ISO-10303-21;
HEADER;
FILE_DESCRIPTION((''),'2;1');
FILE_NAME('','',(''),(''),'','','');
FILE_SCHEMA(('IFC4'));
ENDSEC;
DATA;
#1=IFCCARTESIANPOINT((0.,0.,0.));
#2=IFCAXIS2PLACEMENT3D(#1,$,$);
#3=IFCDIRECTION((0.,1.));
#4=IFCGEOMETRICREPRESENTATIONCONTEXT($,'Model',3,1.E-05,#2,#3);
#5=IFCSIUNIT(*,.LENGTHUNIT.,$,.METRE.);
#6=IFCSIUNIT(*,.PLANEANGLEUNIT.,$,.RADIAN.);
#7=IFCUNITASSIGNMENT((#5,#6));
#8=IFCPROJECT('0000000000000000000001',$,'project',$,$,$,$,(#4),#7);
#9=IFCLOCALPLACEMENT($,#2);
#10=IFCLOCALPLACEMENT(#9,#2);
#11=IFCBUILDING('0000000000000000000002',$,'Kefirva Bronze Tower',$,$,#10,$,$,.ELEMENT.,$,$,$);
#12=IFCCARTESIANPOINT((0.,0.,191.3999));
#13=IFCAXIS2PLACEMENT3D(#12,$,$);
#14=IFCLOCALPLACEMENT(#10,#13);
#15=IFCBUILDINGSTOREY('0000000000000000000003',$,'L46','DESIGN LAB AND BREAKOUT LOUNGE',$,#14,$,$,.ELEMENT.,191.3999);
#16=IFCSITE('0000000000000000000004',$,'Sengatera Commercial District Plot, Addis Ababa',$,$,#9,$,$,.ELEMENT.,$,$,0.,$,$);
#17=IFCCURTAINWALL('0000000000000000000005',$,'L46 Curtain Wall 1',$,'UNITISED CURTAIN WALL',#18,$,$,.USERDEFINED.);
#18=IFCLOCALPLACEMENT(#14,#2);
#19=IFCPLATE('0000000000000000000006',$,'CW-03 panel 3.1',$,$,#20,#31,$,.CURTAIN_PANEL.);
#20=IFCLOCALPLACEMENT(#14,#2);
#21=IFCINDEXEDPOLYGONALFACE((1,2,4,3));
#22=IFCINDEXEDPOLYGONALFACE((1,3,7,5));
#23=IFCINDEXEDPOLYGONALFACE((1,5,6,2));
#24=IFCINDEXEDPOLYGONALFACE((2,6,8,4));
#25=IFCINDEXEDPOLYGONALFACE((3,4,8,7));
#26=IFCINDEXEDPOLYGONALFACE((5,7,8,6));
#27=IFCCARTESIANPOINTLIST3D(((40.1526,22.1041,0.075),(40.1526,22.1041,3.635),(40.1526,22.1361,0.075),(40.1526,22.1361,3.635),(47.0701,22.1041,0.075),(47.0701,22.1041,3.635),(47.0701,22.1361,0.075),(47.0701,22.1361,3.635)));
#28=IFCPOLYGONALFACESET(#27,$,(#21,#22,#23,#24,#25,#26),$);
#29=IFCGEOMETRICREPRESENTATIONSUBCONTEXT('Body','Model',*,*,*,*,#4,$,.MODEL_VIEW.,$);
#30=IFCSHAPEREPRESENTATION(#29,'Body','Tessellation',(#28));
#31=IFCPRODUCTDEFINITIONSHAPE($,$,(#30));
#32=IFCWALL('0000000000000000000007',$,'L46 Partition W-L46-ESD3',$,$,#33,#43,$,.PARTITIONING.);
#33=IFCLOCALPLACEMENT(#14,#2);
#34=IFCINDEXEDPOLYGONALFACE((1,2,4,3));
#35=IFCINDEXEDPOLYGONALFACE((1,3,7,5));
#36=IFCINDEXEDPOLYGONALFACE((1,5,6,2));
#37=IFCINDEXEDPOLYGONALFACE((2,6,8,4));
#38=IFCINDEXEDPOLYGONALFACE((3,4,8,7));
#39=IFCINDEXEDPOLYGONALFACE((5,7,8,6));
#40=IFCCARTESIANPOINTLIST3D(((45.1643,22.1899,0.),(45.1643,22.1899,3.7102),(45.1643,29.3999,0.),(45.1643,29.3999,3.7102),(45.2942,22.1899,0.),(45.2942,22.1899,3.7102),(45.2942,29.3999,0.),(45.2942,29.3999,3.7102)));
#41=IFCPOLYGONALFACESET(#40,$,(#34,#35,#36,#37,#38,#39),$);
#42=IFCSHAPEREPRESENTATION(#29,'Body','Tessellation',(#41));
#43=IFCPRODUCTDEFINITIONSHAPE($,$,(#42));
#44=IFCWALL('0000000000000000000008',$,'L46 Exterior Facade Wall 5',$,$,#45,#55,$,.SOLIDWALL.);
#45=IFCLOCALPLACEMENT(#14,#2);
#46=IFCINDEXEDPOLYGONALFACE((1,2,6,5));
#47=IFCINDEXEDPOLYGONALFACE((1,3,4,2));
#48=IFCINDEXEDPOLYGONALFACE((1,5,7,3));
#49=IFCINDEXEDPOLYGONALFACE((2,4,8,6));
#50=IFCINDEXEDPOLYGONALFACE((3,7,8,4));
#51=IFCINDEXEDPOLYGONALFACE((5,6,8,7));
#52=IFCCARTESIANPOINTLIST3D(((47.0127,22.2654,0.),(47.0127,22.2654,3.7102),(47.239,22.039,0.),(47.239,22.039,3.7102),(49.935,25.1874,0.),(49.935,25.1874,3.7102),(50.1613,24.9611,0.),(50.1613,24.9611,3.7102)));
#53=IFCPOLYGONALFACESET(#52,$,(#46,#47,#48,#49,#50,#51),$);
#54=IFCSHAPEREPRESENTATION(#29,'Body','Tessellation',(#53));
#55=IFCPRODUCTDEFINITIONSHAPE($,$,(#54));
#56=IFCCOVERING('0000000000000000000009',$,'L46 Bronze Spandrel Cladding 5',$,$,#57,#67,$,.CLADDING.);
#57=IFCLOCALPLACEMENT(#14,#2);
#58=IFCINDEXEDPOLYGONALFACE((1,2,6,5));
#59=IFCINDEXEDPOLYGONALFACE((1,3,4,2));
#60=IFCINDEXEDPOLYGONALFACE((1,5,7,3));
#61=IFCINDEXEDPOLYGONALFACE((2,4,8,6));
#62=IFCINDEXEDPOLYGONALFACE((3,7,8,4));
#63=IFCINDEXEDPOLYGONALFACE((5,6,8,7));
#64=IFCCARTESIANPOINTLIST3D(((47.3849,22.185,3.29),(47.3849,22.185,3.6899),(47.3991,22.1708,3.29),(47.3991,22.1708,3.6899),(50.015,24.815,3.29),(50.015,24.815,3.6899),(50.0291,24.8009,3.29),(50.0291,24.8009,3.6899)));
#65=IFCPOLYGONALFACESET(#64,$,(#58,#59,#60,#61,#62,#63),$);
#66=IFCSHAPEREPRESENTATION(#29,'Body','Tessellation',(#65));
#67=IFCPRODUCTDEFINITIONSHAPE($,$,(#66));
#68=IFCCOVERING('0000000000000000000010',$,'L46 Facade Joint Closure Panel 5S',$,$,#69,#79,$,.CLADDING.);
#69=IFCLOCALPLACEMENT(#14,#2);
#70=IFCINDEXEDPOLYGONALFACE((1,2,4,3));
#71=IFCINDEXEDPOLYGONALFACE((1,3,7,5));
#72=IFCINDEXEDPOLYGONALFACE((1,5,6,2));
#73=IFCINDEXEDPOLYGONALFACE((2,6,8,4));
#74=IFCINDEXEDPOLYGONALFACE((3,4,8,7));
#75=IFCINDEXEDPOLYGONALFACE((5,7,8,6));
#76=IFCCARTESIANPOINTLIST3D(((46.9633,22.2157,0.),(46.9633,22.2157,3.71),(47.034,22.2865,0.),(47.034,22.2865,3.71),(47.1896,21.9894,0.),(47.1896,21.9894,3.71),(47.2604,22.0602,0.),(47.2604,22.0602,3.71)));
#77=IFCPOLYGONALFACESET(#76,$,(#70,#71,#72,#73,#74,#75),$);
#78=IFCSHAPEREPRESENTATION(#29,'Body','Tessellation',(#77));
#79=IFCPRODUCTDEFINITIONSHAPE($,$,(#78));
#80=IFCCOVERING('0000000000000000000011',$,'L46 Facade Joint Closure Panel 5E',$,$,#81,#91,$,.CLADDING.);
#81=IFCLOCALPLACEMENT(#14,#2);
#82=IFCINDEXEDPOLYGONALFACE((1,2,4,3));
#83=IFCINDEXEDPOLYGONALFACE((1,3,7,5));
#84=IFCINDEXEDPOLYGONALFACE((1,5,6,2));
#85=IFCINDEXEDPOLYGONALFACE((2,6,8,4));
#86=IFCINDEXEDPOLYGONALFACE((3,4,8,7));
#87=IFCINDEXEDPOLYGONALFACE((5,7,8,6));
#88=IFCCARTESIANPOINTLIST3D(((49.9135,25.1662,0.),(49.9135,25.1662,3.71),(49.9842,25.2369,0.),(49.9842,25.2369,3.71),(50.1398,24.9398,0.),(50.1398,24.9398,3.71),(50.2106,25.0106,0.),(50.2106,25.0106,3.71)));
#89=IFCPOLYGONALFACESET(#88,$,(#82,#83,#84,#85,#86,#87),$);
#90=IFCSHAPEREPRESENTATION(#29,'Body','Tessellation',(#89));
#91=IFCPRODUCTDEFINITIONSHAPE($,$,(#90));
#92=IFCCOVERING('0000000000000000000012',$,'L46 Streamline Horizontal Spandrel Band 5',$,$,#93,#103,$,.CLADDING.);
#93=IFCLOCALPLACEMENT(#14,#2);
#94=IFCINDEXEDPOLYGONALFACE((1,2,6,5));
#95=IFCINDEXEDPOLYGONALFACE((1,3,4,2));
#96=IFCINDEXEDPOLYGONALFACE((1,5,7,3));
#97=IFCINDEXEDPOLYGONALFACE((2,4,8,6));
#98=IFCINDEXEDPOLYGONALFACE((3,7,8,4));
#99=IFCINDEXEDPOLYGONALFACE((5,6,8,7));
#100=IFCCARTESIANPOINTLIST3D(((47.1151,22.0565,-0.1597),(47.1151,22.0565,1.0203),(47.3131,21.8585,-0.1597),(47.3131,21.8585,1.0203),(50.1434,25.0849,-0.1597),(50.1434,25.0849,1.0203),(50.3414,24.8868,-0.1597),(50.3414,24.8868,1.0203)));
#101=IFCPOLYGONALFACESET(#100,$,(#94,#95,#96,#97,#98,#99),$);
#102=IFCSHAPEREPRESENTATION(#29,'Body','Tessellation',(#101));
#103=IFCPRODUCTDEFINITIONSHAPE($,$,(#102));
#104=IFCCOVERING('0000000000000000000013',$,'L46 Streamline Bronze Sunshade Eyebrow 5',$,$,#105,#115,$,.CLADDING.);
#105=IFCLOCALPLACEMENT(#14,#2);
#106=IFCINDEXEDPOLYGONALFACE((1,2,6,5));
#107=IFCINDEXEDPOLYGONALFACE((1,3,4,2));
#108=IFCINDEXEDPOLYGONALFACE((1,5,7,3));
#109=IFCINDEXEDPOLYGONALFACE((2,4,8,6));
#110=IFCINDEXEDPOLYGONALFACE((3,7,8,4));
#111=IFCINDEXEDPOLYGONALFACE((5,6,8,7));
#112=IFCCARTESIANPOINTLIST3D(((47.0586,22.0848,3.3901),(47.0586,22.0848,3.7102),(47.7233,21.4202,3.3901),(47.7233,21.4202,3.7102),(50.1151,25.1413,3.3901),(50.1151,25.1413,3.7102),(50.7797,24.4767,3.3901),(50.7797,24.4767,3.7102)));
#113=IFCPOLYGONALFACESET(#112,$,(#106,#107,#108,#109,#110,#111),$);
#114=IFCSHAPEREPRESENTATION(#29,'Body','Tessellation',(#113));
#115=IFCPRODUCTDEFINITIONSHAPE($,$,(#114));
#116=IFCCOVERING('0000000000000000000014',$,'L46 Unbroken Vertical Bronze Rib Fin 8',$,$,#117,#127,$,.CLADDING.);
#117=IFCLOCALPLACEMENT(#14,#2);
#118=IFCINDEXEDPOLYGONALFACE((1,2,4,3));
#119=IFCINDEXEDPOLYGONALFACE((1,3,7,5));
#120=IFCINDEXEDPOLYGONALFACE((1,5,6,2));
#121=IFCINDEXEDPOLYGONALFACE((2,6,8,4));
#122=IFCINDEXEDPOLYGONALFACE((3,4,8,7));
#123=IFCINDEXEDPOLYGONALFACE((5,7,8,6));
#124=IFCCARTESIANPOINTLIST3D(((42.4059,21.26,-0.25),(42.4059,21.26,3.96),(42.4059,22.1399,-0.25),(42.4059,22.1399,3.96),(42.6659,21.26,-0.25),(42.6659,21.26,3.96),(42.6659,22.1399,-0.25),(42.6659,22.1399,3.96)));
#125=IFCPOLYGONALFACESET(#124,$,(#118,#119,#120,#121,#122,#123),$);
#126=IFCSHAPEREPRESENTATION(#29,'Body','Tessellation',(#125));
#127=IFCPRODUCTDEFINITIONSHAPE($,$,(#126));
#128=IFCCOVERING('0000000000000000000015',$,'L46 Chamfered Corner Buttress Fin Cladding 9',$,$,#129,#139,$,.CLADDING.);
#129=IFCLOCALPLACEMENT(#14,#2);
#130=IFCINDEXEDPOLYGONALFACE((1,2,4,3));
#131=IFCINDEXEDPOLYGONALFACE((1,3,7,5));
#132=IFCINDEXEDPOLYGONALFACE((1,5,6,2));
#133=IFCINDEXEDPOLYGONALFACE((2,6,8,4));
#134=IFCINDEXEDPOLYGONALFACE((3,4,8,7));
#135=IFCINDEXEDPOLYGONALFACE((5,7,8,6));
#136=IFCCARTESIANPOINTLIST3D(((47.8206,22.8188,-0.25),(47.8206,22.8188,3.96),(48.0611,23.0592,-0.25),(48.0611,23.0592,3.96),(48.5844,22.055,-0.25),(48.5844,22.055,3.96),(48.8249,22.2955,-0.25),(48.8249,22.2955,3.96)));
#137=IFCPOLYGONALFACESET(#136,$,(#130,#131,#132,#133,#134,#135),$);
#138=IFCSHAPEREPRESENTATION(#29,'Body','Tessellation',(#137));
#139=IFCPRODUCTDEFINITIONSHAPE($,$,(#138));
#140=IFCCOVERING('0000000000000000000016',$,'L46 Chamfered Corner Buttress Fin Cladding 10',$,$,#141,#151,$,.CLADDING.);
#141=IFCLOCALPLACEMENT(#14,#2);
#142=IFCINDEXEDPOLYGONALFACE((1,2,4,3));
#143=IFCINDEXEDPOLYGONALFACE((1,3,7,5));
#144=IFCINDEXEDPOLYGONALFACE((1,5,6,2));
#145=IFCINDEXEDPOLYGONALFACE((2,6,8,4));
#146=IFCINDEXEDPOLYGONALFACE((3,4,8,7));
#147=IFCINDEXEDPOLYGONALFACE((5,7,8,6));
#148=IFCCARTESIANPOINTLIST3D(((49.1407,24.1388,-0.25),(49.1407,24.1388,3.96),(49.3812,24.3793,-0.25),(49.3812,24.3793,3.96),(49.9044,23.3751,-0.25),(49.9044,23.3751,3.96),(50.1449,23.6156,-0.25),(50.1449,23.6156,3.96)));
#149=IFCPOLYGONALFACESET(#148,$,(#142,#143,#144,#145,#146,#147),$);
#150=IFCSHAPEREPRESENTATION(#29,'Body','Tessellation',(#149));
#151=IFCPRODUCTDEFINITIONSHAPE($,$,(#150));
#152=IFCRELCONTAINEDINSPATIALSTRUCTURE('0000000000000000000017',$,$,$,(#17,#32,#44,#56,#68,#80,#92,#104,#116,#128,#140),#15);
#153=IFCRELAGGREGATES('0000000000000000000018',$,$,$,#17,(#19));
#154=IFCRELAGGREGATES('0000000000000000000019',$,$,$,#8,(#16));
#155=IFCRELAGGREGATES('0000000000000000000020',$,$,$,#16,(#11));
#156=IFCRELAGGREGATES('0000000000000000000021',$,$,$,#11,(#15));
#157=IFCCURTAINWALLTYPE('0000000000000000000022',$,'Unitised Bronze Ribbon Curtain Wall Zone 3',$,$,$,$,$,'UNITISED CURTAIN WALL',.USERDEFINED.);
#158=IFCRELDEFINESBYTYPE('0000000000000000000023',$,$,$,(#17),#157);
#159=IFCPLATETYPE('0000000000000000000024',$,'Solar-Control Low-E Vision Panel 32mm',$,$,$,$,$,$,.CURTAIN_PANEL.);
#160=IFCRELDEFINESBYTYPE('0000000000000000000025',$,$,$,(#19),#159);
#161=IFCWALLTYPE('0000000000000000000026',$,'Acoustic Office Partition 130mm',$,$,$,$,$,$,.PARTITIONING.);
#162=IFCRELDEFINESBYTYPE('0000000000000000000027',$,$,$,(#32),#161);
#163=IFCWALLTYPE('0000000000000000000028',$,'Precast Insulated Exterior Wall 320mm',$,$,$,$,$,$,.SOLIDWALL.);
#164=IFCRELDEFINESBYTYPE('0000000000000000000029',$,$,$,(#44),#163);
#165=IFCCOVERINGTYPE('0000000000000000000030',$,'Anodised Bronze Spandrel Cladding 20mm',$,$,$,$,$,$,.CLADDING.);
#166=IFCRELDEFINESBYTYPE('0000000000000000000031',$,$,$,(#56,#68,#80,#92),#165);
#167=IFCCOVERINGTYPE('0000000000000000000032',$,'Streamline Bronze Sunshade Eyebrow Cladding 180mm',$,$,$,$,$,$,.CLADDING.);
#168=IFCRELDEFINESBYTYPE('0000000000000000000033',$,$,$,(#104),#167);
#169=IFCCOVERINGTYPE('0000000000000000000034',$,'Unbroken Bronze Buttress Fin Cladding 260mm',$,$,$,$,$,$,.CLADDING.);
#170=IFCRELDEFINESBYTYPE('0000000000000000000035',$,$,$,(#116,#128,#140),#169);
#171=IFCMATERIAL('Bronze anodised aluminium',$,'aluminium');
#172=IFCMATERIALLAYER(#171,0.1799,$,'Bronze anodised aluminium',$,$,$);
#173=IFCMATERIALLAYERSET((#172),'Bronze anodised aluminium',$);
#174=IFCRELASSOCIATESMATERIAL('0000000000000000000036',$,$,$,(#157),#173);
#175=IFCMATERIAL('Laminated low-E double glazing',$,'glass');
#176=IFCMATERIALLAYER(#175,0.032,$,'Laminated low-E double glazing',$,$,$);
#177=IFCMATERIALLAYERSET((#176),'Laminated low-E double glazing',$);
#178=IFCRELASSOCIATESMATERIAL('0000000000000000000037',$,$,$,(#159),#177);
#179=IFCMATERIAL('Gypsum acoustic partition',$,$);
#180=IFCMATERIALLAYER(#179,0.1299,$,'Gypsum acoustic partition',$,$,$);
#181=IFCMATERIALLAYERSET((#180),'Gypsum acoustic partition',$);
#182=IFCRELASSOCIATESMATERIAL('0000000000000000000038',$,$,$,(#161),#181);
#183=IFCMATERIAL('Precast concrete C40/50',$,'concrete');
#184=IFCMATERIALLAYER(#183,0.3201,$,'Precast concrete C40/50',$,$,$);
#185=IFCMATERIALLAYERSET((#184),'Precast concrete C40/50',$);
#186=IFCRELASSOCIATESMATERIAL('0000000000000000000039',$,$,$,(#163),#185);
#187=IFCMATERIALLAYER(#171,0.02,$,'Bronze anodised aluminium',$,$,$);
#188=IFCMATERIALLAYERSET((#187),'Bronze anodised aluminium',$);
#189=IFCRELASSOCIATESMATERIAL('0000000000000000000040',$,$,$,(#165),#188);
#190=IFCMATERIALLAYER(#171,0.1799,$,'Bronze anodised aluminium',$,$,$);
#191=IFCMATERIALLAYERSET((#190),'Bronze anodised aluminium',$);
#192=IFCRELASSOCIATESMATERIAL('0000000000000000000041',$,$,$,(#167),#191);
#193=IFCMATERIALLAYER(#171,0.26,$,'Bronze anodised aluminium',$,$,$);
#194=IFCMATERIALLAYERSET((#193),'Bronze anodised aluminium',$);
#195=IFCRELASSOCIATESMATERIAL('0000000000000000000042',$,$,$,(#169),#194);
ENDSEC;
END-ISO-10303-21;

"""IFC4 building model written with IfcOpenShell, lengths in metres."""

from ifc_helpers import new_model, si_unit, direction, frame, frame_2d, origin, origin_2d, place, context, subcontext, project, spatial, rectangle, extrude, material, layer, layer_set, type_object, element, aggregate, save


model = new_model("IFC4")

# Units and contexts
model_context = context("Model", 3, precision=1e-05, world=origin(), true_north=direction((0.0, 1.0)))
body_context = subcontext(model_context, "Body", "Model", "MODEL_VIEW")
ifc_project = project(units=[si_unit("LENGTHUNIT", "METRE"), si_unit("PLANEANGLEUNIT", "RADIAN")], contexts=[model_context])

# Site, building, storey
site_placement = place(None, origin())
site = spatial("IfcSite", under=ifc_project, at=site_placement, Name="Sengatera Commercial District Plot, Addis Ababa", CompositionType="ELEMENT", RefElevation=0.0)
building_placement = place(site_placement, origin())
building = spatial("IfcBuilding", under=site, at=building_placement, Name="Kefirva Bronze Tower", CompositionType="ELEMENT")
storey_placement = place(building_placement, frame((0.0, 0.0, 191.3999)))
storey = spatial("IfcBuildingStorey", under=building, at=storey_placement, Name="L46", Description="DESIGN LAB AND BREAKOUT LOUNGE", CompositionType="ELEMENT", Elevation=191.3999)

# Curtain wall
ifc_material_1 = material(Name="Bronze anodised aluminium", Category="aluminium")
ifc_layer_1 = layer(ifc_material_1, 0.1799, Name="Bronze anodised aluminium")
ifc_layer_set_1 = layer_set([ifc_layer_1], Name="Bronze anodised aluminium")
curtain_wall_type = type_object("IfcCurtainWallType", Name="Unitised Bronze Ribbon Curtain Wall Zone 3", ElementType="UNITISED CURTAIN WALL", PredefinedType="USERDEFINED", material=ifc_layer_set_1)
curtain_wall_1_placement = place(storey_placement, origin())
curtain_wall_1 = element("IfcCurtainWall", 1, at=curtain_wall_1_placement, inside=storey, type_object=curtain_wall_type, Name="L46 Curtain Wall 1", ObjectType="UNITISED CURTAIN WALL", PredefinedType="USERDEFINED")

# Plate
ifc_material_2 = material(Name="Laminated low-E double glazing", Category="glass")
ifc_layer_2 = layer(ifc_material_2, 0.032, Name="Laminated low-E double glazing")
ifc_layer_set_2 = layer_set([ifc_layer_2], Name="Laminated low-E double glazing")
plate_type = type_object("IfcPlateType", Name="Solar-Control Low-E Vision Panel 32mm", PredefinedType="CURTAIN_PANEL", material=ifc_layer_set_2)
plate_placement = place(storey_placement, frame((43.6113, 22.1201, 0.075), z_axis=(0.0, 0.0, 1.0), x_axis=(1.0, 0.0, 0.0)))
plate = element("IfcPlate", 2, at=plate_placement, type_object=plate_type, Name="CW-03 panel 3.1", PredefinedType="CURTAIN_PANEL", context=body_context, shape_type="SweptSolid", body=[
    extrude(rectangle(XDim=6.9175, YDim=0.032, at=origin_2d()), origin(), (0.0, 0.0, 1.0), 3.5601),
])
aggregate(curtain_wall_1, [plate])

# Walls
ifc_material_3 = material(Name="Gypsum acoustic partition")
ifc_layer_3 = layer(ifc_material_3, 0.1299, Name="Gypsum acoustic partition")
ifc_layer_set_3 = layer_set([ifc_layer_3], Name="Gypsum acoustic partition")
wall_type_1 = type_object("IfcWallType", Name="Acoustic Office Partition 130mm", PredefinedType="PARTITIONING", material=ifc_layer_set_3)
wall_1_placement = place(storey_placement, frame((45.2292, 22.1899, 0.0), z_axis=(0.0, 0.0, 1.0), x_axis=(0.0, 1.0, 0.0)))
element("IfcWall", 3, at=wall_1_placement, inside=storey, type_object=wall_type_1, Name="L46 Partition W-L46-ESD3", PredefinedType="PARTITIONING", context=body_context, shape_type="SweptSolid", body=[
    extrude(rectangle(XDim=7.21, YDim=0.1299, at=frame_2d((3.605, 0.0))), origin(), (0.0, 0.0, 1.0), 3.7102),
])
ifc_material_4 = material(Name="Precast concrete C40/50", Category="concrete")
ifc_layer_4 = layer(ifc_material_4, 0.3201, Name="Precast concrete C40/50")
ifc_layer_set_4 = layer_set([ifc_layer_4], Name="Precast concrete C40/50")
wall_type_2 = type_object("IfcWallType", Name="Precast Insulated Exterior Wall 320mm", PredefinedType="SOLIDWALL", material=ifc_layer_set_4)
wall_2_placement = place(storey_placement, frame((47.1257, 22.1521, 0.0), z_axis=(0.0, 0.0, 1.0), x_axis=(0.707136, 0.707077, 0.0)))
element("IfcWall", 4, at=wall_2_placement, inside=storey, type_object=wall_type_2, Name="L46 Exterior Facade Wall 5", PredefinedType="SOLIDWALL", context=body_context, shape_type="SweptSolid", body=[
    extrude(rectangle(XDim=4.1326, YDim=0.3201, at=frame_2d((2.0664, 0.0))), origin(), (0.0, 0.0, 1.0), 3.7102),
])

# Coverings
ifc_layer_5 = layer(ifc_material_1, 0.02, Name="Bronze anodised aluminium")
ifc_layer_set_5 = layer_set([ifc_layer_5], Name="Bronze anodised aluminium")
covering_type_1 = type_object("IfcCoveringType", Name="Anodised Bronze Spandrel Cladding 20mm", PredefinedType="CLADDING", material=ifc_layer_set_5)
covering_1_placement = place(storey_placement, frame((48.707, 23.4929, 3.29), z_axis=(0.0, 0.0, 1.0), x_axis=(0.707107, 0.707107, 0.0)))
element("IfcCovering", 5, at=covering_1_placement, inside=storey, type_object=covering_type_1, Name="L46 Bronze Spandrel Cladding 5", PredefinedType="CLADDING", context=body_context, shape_type="SweptSolid", body=[
    extrude(rectangle(XDim=3.7195, YDim=0.02, at=origin_2d()), origin(), (0.0, 0.0, 1.0), 0.3999),
])
for number, where, z_axis, x_axis, name in (
    (6, (47.1118, 22.1379, 0.0), (0.0, 0.0, 1.0), (0.707107, 0.707107, 0.0), "L46 Facade Joint Closure Panel 5S"),
    (7, (50.062, 25.0884, 0.0), (0.0, 0.0, 1.0), (0.707107, 0.707107, 0.0), "L46 Facade Joint Closure Panel 5E"),
):
    element("IfcCovering", number, at=place(storey_placement, frame(where, z_axis=z_axis, x_axis=x_axis)), inside=storey, type_object=covering_type_1, Name=name, PredefinedType="CLADDING", context=body_context, shape_type="SweptSolid", body=[
        extrude(rectangle(XDim=0.1001, YDim=0.3201, at=origin_2d()), origin(), (0.0, 0.0, 1.0), 3.71),
    ])
covering_2_placement = place(storey_placement, frame((48.7283, 23.4717, -0.1597), z_axis=(0.0, 0.0, 1.0), x_axis=(0.707107, 0.707107, 0.0)))
element("IfcCovering", 8, at=covering_2_placement, inside=storey, type_object=covering_type_1, Name="L46 Streamline Horizontal Spandrel Band 5", PredefinedType="CLADDING", context=body_context, shape_type="SweptSolid", body=[
    extrude(rectangle(XDim=4.2827, YDim=0.28, at=origin_2d()), origin(), (0.0, 0.0, 1.0), 1.1799),
])
ifc_layer_6 = layer(ifc_material_1, 0.1799, Name="Bronze anodised aluminium")
ifc_layer_set_6 = layer_set([ifc_layer_6], Name="Bronze anodised aluminium")
covering_type_2 = type_object("IfcCoveringType", Name="Streamline Bronze Sunshade Eyebrow Cladding 180mm", PredefinedType="CLADDING", material=ifc_layer_set_6)
covering_3_placement = place(storey_placement, frame((48.9192, 23.2808, 3.3901), z_axis=(0.0, 0.0, 1.0), x_axis=(0.707107, 0.707107, 0.0)))
element("IfcCovering", 9, at=covering_3_placement, inside=storey, type_object=covering_type_2, Name="L46 Streamline Bronze Sunshade Eyebrow 5", PredefinedType="CLADDING", context=body_context, shape_type="SweptSolid", body=[
    extrude(rectangle(XDim=4.3225, YDim=0.9399, at=origin_2d()), origin(), (0.0, 0.0, 1.0), 0.3201),
])
ifc_layer_7 = layer(ifc_material_1, 0.26, Name="Bronze anodised aluminium")
ifc_layer_set_7 = layer_set([ifc_layer_7], Name="Bronze anodised aluminium")
covering_type_3 = type_object("IfcCoveringType", Name="Unbroken Bronze Buttress Fin Cladding 260mm", PredefinedType="CLADDING", material=ifc_layer_set_7)
covering_4_placement = place(storey_placement, frame((42.5359, 21.7, -0.25), z_axis=(0.0, 0.0, 1.0), x_axis=(1.0, 0.0, 0.0)))
element("IfcCovering", 10, at=covering_4_placement, inside=storey, type_object=covering_type_3, Name="L46 Unbroken Vertical Bronze Rib Fin 8", PredefinedType="CLADDING", context=body_context, shape_type="SweptSolid", body=[
    extrude(rectangle(XDim=0.26, YDim=0.8799, at=origin_2d()), origin(), (0.0, 0.0, 1.0), 4.21),
])
for number, where, z_axis, x_axis, name in (
    (11, (48.3228, 22.5571, -0.25), (0.0, 0.0, 1.0), (0.707107, 0.707107, 0.0), "L46 Chamfered Corner Buttress Fin Cladding 9"),
    (12, (49.6428, 23.8772, -0.25), (0.0, 0.0, 1.0), (0.707107, 0.707107, 0.0), "L46 Chamfered Corner Buttress Fin Cladding 10"),
):
    element("IfcCovering", number, at=place(storey_placement, frame(where, z_axis=z_axis, x_axis=x_axis)), inside=storey, type_object=covering_type_3, Name=name, PredefinedType="CLADDING", context=body_context, shape_type="SweptSolid", body=[
        extrude(rectangle(XDim=0.3401, YDim=1.0801, at=origin_2d()), origin(), (0.0, 0.0, 1.0), 4.21),
    ])

save(model, "model.ifc")
